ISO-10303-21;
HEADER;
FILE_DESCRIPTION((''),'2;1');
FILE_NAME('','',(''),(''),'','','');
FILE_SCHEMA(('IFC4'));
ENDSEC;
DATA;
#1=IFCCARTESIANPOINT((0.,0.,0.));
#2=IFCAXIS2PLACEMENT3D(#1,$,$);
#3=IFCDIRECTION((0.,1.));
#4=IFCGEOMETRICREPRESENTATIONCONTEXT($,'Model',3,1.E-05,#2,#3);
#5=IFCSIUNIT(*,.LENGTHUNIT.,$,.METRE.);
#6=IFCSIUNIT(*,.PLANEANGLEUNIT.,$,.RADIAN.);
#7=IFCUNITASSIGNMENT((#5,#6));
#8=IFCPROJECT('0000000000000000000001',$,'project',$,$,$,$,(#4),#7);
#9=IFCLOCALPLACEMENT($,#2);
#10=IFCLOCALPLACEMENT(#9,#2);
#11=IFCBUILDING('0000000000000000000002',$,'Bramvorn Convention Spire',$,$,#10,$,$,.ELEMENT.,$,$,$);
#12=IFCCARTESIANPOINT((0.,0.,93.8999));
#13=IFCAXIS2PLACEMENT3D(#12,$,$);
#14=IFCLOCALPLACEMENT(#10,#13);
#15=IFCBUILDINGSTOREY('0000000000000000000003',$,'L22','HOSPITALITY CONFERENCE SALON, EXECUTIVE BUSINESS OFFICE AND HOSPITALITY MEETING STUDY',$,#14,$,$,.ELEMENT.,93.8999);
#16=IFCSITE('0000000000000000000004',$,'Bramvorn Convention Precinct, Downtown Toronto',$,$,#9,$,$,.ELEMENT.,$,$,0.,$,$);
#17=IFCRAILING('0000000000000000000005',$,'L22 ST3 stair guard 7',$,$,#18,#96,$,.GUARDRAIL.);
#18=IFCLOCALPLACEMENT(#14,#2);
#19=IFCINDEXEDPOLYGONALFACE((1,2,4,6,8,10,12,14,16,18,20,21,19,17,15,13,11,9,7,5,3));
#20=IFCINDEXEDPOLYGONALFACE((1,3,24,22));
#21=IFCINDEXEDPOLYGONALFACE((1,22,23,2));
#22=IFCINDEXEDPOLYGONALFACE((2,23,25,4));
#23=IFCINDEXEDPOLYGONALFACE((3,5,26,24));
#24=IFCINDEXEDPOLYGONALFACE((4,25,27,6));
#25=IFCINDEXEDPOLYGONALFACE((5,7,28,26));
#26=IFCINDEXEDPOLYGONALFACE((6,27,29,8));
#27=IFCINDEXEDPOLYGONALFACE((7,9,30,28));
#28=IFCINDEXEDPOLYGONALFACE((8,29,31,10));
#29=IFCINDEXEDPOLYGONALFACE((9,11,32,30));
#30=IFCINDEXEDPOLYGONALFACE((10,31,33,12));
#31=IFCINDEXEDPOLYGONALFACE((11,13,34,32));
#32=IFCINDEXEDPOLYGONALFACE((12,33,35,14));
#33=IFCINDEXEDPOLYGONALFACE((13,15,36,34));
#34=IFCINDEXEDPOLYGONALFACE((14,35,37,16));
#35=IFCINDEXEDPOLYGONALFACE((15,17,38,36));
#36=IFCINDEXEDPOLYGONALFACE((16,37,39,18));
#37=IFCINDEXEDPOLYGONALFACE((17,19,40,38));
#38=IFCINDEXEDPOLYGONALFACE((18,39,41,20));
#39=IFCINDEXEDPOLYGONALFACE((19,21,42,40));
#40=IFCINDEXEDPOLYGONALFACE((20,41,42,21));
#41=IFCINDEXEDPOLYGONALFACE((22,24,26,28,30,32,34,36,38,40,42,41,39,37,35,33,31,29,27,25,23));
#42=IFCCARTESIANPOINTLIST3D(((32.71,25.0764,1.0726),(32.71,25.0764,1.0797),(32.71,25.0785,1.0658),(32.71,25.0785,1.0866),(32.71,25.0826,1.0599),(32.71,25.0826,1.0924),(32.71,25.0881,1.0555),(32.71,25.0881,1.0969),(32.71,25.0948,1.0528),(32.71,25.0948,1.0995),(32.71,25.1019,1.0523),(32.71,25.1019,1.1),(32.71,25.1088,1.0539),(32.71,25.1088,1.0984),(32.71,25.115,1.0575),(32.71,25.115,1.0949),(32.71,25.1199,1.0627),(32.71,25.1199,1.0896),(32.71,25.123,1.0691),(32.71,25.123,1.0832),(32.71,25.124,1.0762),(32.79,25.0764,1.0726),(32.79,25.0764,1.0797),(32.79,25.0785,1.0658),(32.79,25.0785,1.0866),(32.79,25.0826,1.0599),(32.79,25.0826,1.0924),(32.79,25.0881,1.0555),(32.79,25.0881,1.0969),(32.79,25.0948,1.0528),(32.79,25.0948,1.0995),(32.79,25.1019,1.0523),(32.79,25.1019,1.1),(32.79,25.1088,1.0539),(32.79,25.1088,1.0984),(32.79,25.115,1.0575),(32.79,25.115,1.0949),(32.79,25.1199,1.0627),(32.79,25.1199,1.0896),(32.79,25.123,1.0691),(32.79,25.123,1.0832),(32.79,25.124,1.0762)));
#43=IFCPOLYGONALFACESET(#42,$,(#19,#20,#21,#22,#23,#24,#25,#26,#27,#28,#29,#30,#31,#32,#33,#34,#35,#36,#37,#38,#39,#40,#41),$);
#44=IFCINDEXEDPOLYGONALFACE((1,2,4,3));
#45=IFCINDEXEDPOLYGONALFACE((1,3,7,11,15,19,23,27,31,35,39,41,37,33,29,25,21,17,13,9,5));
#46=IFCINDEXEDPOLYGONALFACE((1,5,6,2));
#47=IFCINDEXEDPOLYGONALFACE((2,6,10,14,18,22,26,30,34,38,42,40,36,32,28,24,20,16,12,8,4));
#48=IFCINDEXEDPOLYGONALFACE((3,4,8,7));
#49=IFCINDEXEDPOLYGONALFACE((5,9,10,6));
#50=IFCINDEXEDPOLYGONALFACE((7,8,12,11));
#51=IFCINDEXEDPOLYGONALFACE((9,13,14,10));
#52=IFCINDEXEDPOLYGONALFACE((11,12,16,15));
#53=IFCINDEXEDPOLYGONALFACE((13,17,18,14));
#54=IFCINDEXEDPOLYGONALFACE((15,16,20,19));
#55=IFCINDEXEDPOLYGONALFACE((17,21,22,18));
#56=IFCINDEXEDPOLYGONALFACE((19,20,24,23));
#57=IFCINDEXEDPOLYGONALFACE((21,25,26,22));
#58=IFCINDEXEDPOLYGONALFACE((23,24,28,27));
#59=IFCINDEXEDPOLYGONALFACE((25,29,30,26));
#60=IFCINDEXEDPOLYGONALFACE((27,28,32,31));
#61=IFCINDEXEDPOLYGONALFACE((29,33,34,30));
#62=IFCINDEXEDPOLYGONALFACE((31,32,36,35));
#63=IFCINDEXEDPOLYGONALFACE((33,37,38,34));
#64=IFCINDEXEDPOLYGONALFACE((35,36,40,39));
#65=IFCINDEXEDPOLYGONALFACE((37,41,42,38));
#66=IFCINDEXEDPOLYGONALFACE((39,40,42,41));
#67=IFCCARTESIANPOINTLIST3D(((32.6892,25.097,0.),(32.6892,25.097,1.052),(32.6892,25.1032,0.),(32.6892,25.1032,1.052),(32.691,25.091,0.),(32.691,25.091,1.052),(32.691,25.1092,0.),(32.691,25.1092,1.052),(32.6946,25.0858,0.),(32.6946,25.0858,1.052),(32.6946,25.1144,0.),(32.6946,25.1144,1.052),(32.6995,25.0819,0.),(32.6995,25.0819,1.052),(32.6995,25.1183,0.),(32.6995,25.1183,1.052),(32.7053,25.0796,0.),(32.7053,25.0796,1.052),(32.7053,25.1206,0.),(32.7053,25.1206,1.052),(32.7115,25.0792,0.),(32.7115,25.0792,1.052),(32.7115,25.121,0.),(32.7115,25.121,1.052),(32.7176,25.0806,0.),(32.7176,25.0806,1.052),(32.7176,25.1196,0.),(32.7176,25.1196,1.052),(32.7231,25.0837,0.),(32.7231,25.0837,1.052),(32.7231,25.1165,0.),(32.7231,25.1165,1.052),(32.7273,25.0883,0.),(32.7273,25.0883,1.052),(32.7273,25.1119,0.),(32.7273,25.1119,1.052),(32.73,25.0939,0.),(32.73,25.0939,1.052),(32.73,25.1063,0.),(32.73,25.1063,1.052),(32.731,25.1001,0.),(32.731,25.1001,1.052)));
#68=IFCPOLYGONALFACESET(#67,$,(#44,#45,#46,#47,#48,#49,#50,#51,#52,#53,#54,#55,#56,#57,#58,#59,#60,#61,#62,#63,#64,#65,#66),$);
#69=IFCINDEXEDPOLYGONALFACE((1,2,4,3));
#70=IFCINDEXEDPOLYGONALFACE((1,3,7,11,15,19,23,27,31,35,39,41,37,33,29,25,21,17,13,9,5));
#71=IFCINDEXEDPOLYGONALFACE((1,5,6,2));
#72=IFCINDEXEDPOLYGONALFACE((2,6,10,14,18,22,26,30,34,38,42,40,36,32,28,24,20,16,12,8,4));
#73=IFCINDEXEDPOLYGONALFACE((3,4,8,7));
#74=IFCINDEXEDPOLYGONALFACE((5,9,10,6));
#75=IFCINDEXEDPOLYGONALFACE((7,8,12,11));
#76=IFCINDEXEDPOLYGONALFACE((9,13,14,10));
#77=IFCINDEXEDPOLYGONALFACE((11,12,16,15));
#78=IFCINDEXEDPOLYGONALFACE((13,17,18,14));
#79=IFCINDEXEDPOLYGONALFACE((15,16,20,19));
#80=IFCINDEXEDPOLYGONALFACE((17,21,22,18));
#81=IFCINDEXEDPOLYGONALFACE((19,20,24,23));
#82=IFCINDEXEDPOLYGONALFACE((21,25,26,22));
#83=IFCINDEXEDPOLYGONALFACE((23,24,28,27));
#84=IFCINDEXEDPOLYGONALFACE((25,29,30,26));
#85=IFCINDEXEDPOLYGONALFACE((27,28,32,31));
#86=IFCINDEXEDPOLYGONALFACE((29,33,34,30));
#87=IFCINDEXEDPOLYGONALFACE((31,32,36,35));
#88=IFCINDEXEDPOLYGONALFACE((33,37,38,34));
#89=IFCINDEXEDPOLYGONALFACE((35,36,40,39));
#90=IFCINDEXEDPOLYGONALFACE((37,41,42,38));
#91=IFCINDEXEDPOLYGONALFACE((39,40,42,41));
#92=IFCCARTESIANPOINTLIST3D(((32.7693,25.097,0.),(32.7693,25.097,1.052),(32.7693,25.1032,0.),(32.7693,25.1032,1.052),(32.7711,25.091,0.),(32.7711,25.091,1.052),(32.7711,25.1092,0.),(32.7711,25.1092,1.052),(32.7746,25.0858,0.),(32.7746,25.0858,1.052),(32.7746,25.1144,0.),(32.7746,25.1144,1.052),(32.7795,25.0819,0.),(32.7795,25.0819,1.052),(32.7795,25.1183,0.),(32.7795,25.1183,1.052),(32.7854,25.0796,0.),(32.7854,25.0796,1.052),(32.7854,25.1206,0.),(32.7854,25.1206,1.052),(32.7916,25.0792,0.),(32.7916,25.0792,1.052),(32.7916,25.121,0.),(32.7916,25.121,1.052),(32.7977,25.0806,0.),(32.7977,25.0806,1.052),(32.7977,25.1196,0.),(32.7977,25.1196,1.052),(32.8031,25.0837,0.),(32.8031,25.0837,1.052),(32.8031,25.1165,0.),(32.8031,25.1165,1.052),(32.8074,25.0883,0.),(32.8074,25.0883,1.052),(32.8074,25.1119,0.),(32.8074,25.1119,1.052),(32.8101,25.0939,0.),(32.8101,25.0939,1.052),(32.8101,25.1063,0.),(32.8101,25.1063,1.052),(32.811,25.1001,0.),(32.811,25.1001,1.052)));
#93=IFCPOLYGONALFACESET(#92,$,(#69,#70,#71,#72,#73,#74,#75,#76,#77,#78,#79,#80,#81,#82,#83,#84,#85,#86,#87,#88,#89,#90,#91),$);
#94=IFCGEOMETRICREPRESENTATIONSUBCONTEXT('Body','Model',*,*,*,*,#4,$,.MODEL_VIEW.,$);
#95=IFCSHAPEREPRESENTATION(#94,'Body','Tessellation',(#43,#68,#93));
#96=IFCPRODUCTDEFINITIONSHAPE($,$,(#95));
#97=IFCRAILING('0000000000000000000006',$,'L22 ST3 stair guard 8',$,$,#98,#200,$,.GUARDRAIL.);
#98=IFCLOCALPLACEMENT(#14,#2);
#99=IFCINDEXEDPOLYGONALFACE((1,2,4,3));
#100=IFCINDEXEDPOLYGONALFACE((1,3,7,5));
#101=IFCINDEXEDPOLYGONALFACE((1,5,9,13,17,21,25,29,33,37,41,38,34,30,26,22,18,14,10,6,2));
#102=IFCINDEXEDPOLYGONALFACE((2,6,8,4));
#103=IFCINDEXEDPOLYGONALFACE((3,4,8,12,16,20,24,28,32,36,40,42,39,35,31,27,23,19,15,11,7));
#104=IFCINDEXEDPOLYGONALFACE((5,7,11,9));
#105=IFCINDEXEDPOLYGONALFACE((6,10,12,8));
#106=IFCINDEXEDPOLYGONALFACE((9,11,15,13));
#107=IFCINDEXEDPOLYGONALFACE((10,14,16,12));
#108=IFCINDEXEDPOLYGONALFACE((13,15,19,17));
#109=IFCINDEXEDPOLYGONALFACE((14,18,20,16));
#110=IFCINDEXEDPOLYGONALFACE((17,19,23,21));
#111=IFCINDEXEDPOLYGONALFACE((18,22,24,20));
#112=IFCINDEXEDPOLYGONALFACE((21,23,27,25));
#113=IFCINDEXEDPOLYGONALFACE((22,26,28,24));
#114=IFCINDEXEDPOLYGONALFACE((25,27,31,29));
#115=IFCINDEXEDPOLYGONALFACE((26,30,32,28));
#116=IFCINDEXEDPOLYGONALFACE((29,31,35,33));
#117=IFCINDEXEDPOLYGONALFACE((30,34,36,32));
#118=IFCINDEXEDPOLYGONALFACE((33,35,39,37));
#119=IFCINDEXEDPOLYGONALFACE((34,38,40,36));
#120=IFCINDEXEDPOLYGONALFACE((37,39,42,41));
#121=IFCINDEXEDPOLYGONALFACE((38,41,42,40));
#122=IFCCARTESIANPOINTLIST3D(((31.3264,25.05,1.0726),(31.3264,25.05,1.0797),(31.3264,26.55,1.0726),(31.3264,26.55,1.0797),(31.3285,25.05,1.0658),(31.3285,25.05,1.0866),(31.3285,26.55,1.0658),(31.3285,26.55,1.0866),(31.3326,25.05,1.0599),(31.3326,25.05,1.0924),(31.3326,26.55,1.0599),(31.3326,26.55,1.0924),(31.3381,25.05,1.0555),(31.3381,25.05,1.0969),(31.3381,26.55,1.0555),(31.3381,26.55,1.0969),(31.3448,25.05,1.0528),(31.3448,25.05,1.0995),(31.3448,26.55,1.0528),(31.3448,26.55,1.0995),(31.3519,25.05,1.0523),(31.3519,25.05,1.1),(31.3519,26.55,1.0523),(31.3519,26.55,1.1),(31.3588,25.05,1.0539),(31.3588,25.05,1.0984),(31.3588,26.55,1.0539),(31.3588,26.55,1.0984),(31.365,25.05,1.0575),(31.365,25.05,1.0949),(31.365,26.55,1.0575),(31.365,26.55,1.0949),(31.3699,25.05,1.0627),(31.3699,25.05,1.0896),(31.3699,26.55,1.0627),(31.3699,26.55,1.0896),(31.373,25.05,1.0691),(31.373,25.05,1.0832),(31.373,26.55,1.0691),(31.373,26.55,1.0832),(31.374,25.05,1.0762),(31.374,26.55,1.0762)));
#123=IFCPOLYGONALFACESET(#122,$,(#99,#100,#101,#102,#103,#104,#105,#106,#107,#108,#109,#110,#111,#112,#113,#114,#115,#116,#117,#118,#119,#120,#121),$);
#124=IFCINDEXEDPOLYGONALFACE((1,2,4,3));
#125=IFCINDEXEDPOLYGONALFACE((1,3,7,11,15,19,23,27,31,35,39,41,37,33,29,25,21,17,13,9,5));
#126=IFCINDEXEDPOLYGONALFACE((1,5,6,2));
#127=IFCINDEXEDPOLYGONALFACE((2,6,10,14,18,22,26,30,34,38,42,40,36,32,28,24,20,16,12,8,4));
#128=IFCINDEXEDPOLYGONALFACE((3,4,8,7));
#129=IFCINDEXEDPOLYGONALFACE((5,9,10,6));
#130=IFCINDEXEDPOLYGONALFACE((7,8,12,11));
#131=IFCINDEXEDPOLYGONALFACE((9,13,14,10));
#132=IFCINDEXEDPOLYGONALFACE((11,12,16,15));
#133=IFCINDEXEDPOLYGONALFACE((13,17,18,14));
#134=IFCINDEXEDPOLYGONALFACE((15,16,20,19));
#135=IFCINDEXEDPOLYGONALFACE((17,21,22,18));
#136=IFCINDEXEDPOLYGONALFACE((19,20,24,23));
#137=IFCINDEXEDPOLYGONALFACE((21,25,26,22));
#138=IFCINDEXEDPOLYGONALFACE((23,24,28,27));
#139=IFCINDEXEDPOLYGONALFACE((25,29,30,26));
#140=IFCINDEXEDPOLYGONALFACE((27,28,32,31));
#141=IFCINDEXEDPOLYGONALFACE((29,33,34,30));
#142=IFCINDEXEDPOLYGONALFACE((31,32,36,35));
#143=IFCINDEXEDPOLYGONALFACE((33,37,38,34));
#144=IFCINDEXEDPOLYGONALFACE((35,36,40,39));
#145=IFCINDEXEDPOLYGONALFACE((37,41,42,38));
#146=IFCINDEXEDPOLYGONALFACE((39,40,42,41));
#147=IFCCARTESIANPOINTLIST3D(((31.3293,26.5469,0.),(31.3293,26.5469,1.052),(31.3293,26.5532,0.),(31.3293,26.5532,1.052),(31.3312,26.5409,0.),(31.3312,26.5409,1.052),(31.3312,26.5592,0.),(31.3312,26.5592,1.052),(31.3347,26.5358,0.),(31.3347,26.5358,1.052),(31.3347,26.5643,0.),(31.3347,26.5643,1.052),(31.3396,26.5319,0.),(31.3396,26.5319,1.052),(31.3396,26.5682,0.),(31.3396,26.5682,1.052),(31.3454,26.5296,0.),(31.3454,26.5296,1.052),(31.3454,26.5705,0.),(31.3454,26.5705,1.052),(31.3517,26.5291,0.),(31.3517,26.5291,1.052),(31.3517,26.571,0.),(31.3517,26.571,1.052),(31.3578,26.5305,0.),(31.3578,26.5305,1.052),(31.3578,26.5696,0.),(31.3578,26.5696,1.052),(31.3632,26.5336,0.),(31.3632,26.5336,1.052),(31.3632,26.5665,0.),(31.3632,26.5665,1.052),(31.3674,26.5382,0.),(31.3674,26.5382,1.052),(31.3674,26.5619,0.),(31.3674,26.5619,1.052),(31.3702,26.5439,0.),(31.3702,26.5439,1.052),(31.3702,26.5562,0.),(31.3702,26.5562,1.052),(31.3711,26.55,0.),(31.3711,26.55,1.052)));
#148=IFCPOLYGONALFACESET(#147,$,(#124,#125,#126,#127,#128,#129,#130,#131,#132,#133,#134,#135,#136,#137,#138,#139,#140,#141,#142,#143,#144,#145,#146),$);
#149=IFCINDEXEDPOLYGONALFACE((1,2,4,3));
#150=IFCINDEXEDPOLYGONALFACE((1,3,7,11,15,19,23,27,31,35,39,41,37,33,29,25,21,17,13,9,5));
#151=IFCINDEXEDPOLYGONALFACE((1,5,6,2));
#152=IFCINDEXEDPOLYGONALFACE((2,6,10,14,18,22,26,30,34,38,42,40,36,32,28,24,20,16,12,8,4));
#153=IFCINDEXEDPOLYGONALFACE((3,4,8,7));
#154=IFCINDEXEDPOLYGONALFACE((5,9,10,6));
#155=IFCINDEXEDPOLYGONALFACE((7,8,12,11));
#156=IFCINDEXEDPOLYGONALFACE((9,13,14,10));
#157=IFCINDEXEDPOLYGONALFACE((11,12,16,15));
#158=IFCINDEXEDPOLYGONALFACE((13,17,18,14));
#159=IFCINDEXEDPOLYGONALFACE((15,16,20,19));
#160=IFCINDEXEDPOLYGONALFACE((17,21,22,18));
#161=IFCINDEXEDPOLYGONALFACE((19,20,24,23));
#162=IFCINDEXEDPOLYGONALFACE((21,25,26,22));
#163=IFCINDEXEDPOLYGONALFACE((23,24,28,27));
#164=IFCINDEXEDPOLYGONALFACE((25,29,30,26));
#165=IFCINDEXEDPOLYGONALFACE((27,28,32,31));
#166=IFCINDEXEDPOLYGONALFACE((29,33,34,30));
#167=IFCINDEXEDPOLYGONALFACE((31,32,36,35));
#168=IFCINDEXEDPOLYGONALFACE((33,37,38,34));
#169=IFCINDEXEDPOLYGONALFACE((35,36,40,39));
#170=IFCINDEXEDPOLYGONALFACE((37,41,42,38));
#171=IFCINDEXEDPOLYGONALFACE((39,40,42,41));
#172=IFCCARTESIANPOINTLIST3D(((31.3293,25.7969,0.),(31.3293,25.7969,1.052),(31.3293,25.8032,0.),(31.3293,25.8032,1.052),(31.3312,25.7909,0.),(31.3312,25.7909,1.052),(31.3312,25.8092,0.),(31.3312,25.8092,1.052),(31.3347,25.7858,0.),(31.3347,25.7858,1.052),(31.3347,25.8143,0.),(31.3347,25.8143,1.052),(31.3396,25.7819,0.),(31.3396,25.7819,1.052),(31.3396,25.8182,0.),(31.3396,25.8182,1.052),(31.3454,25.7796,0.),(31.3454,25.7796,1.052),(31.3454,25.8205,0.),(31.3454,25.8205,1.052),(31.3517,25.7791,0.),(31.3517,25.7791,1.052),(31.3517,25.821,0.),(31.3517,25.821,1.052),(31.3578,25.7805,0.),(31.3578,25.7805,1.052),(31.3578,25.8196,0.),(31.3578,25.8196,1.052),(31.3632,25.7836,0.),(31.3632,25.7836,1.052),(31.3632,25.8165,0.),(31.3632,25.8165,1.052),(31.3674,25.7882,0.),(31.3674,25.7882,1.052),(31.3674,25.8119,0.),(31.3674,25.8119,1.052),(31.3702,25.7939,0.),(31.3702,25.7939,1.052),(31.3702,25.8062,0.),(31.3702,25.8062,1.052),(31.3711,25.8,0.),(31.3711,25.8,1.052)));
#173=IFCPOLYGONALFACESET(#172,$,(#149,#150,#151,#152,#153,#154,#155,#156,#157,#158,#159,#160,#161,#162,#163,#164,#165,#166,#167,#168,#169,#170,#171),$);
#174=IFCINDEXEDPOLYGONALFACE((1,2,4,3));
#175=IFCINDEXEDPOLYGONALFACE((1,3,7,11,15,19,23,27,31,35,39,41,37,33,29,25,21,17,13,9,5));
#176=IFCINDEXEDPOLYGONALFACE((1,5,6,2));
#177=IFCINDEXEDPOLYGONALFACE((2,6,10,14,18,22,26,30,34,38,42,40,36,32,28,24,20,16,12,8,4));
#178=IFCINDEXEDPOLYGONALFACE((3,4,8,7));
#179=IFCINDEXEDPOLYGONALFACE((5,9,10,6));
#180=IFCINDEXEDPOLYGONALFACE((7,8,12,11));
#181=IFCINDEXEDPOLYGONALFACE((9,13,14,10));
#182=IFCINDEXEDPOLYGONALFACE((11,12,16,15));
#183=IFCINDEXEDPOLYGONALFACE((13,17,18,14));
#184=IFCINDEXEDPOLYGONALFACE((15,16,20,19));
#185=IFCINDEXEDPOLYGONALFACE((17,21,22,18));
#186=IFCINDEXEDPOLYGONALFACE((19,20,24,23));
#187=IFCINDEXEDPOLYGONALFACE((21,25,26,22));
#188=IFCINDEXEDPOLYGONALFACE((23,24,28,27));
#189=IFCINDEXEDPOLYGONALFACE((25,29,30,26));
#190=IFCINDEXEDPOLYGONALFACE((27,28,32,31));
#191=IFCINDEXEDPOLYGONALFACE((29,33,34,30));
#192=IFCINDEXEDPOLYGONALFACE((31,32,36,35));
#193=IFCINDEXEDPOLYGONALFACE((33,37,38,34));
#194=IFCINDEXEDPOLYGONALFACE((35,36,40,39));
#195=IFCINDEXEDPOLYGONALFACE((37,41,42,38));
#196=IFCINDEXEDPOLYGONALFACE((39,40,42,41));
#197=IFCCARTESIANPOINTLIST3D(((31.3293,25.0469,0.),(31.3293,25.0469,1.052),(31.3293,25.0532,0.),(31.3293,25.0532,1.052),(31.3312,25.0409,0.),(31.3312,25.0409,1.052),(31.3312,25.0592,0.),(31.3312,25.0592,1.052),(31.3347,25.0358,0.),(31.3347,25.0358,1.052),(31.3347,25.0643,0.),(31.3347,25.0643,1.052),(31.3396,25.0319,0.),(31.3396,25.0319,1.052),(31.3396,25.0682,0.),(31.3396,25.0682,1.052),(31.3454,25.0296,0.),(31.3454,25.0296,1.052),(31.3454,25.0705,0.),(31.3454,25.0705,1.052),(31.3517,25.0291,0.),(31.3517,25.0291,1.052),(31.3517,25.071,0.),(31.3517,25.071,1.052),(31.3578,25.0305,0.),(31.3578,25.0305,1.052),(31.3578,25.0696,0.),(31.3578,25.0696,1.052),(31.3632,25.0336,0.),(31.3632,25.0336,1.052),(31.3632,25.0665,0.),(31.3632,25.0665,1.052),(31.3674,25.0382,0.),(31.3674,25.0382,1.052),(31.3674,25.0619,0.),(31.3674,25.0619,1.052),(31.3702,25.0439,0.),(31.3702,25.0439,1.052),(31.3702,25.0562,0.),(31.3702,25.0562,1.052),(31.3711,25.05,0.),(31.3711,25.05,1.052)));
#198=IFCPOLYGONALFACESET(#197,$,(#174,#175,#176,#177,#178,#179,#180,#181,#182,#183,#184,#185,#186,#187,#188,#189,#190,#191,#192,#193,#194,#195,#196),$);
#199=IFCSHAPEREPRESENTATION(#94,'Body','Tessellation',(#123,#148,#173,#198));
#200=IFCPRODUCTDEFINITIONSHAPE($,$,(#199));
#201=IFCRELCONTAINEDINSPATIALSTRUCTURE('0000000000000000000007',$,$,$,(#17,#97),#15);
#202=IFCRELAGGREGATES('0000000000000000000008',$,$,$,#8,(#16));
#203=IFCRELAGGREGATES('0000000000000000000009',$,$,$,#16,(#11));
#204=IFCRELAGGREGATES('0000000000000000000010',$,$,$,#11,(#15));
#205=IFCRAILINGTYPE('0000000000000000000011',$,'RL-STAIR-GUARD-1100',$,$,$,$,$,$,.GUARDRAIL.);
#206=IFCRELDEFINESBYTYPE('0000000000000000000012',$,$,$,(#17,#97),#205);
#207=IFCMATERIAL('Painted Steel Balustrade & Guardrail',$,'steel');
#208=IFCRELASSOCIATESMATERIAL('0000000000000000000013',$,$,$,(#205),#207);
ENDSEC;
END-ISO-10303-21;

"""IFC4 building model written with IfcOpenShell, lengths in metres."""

from ifc_helpers import new_model, si_unit, direction, frame, origin, origin_2d, place, context, subcontext, project, spatial, circle, extrude, material, type_object, element, save


model = new_model("IFC4")

# Units and contexts
model_context = context("Model", 3, precision=1e-05, world=origin(), true_north=direction((0.0, 1.0)))
body_context = subcontext(model_context, "Body", "Model", "MODEL_VIEW")
ifc_project = project(units=[si_unit("LENGTHUNIT", "METRE"), si_unit("PLANEANGLEUNIT", "RADIAN")], contexts=[model_context])

# Site, building, storey
site_placement = place(None, origin())
site = spatial("IfcSite", under=ifc_project, at=site_placement, Name="Bramvorn Convention Precinct, Downtown Toronto", CompositionType="ELEMENT", RefElevation=0.0)
building_placement = place(site_placement, origin())
building = spatial("IfcBuilding", under=site, at=building_placement, Name="Bramvorn Convention Spire", CompositionType="ELEMENT")
storey_placement = place(building_placement, frame((0.0, 0.0, 93.8999)))
storey = spatial("IfcBuildingStorey", under=building, at=storey_placement, Name="L22", Description="HOSPITALITY CONFERENCE SALON, EXECUTIVE BUSINESS OFFICE AND HOSPITALITY MEETING STUDY", CompositionType="ELEMENT", Elevation=93.8999)

# Railings
ifc_material_1 = material(Name="Painted Steel Balustrade & Guardrail", Category="steel")
railing_type_1 = type_object("IfcRailingType", Name="RL-STAIR-GUARD-1100", PredefinedType="GUARDRAIL", material=ifc_material_1)
railing_1_placement = place(storey_placement, frame((32.71, 25.1001, 0.0)))
element("IfcRailing", 1, at=railing_1_placement, inside=storey, type_object=railing_type_1, Name="L22 ST3 stair guard 7", PredefinedType="GUARDRAIL", context=body_context, shape_type="SweptSolid", body=[
    extrude(circle(Radius=0.0239, at=origin_2d()), frame((0.0, 0.0, 1.0762), z_axis=(1.0, 0.0, 0.0), x_axis=(0.0, 1.0, 0.0)), (0.0, 0.0, 1.0), 0.0801),
    extrude(circle(Radius=0.021, at=origin_2d()), origin(), (0.0, 0.0, 1.0), 1.052),
    extrude(circle(Radius=0.021, at=origin_2d()), frame((0.0801, 0.0, 0.0)), (0.0, 0.0, 1.0), 1.052),
])
for number, where, name in (
    (2, (31.3501, 26.55, 0.0), "L22 ST3 stair guard 8"),
):
    element("IfcRailing", number, at=place(storey_placement, frame(where)), inside=storey, type_object=railing_type_1, Name=name, PredefinedType="GUARDRAIL", context=body_context, shape_type="SweptSolid", body=[
        extrude(circle(Radius=0.0239, at=origin_2d()), frame((0.0, 0.0, 1.0762), z_axis=(0.0, -1.0, 0.0), x_axis=(1.0, 0.0, 0.0)), (0.0, 0.0, 1.0), 1.5),
        extrude(circle(Radius=0.021, at=origin_2d()), origin(), (0.0, 0.0, 1.0), 1.052),
        extrude(circle(Radius=0.021, at=origin_2d()), frame((0.0, -0.75, 0.0)), (0.0, 0.0, 1.0), 1.052),
        extrude(circle(Radius=0.021, at=origin_2d()), frame((0.0, -1.5, 0.0)), (0.0, 0.0, 1.0), 1.052),
    ])

save(model, "model.ifc")
